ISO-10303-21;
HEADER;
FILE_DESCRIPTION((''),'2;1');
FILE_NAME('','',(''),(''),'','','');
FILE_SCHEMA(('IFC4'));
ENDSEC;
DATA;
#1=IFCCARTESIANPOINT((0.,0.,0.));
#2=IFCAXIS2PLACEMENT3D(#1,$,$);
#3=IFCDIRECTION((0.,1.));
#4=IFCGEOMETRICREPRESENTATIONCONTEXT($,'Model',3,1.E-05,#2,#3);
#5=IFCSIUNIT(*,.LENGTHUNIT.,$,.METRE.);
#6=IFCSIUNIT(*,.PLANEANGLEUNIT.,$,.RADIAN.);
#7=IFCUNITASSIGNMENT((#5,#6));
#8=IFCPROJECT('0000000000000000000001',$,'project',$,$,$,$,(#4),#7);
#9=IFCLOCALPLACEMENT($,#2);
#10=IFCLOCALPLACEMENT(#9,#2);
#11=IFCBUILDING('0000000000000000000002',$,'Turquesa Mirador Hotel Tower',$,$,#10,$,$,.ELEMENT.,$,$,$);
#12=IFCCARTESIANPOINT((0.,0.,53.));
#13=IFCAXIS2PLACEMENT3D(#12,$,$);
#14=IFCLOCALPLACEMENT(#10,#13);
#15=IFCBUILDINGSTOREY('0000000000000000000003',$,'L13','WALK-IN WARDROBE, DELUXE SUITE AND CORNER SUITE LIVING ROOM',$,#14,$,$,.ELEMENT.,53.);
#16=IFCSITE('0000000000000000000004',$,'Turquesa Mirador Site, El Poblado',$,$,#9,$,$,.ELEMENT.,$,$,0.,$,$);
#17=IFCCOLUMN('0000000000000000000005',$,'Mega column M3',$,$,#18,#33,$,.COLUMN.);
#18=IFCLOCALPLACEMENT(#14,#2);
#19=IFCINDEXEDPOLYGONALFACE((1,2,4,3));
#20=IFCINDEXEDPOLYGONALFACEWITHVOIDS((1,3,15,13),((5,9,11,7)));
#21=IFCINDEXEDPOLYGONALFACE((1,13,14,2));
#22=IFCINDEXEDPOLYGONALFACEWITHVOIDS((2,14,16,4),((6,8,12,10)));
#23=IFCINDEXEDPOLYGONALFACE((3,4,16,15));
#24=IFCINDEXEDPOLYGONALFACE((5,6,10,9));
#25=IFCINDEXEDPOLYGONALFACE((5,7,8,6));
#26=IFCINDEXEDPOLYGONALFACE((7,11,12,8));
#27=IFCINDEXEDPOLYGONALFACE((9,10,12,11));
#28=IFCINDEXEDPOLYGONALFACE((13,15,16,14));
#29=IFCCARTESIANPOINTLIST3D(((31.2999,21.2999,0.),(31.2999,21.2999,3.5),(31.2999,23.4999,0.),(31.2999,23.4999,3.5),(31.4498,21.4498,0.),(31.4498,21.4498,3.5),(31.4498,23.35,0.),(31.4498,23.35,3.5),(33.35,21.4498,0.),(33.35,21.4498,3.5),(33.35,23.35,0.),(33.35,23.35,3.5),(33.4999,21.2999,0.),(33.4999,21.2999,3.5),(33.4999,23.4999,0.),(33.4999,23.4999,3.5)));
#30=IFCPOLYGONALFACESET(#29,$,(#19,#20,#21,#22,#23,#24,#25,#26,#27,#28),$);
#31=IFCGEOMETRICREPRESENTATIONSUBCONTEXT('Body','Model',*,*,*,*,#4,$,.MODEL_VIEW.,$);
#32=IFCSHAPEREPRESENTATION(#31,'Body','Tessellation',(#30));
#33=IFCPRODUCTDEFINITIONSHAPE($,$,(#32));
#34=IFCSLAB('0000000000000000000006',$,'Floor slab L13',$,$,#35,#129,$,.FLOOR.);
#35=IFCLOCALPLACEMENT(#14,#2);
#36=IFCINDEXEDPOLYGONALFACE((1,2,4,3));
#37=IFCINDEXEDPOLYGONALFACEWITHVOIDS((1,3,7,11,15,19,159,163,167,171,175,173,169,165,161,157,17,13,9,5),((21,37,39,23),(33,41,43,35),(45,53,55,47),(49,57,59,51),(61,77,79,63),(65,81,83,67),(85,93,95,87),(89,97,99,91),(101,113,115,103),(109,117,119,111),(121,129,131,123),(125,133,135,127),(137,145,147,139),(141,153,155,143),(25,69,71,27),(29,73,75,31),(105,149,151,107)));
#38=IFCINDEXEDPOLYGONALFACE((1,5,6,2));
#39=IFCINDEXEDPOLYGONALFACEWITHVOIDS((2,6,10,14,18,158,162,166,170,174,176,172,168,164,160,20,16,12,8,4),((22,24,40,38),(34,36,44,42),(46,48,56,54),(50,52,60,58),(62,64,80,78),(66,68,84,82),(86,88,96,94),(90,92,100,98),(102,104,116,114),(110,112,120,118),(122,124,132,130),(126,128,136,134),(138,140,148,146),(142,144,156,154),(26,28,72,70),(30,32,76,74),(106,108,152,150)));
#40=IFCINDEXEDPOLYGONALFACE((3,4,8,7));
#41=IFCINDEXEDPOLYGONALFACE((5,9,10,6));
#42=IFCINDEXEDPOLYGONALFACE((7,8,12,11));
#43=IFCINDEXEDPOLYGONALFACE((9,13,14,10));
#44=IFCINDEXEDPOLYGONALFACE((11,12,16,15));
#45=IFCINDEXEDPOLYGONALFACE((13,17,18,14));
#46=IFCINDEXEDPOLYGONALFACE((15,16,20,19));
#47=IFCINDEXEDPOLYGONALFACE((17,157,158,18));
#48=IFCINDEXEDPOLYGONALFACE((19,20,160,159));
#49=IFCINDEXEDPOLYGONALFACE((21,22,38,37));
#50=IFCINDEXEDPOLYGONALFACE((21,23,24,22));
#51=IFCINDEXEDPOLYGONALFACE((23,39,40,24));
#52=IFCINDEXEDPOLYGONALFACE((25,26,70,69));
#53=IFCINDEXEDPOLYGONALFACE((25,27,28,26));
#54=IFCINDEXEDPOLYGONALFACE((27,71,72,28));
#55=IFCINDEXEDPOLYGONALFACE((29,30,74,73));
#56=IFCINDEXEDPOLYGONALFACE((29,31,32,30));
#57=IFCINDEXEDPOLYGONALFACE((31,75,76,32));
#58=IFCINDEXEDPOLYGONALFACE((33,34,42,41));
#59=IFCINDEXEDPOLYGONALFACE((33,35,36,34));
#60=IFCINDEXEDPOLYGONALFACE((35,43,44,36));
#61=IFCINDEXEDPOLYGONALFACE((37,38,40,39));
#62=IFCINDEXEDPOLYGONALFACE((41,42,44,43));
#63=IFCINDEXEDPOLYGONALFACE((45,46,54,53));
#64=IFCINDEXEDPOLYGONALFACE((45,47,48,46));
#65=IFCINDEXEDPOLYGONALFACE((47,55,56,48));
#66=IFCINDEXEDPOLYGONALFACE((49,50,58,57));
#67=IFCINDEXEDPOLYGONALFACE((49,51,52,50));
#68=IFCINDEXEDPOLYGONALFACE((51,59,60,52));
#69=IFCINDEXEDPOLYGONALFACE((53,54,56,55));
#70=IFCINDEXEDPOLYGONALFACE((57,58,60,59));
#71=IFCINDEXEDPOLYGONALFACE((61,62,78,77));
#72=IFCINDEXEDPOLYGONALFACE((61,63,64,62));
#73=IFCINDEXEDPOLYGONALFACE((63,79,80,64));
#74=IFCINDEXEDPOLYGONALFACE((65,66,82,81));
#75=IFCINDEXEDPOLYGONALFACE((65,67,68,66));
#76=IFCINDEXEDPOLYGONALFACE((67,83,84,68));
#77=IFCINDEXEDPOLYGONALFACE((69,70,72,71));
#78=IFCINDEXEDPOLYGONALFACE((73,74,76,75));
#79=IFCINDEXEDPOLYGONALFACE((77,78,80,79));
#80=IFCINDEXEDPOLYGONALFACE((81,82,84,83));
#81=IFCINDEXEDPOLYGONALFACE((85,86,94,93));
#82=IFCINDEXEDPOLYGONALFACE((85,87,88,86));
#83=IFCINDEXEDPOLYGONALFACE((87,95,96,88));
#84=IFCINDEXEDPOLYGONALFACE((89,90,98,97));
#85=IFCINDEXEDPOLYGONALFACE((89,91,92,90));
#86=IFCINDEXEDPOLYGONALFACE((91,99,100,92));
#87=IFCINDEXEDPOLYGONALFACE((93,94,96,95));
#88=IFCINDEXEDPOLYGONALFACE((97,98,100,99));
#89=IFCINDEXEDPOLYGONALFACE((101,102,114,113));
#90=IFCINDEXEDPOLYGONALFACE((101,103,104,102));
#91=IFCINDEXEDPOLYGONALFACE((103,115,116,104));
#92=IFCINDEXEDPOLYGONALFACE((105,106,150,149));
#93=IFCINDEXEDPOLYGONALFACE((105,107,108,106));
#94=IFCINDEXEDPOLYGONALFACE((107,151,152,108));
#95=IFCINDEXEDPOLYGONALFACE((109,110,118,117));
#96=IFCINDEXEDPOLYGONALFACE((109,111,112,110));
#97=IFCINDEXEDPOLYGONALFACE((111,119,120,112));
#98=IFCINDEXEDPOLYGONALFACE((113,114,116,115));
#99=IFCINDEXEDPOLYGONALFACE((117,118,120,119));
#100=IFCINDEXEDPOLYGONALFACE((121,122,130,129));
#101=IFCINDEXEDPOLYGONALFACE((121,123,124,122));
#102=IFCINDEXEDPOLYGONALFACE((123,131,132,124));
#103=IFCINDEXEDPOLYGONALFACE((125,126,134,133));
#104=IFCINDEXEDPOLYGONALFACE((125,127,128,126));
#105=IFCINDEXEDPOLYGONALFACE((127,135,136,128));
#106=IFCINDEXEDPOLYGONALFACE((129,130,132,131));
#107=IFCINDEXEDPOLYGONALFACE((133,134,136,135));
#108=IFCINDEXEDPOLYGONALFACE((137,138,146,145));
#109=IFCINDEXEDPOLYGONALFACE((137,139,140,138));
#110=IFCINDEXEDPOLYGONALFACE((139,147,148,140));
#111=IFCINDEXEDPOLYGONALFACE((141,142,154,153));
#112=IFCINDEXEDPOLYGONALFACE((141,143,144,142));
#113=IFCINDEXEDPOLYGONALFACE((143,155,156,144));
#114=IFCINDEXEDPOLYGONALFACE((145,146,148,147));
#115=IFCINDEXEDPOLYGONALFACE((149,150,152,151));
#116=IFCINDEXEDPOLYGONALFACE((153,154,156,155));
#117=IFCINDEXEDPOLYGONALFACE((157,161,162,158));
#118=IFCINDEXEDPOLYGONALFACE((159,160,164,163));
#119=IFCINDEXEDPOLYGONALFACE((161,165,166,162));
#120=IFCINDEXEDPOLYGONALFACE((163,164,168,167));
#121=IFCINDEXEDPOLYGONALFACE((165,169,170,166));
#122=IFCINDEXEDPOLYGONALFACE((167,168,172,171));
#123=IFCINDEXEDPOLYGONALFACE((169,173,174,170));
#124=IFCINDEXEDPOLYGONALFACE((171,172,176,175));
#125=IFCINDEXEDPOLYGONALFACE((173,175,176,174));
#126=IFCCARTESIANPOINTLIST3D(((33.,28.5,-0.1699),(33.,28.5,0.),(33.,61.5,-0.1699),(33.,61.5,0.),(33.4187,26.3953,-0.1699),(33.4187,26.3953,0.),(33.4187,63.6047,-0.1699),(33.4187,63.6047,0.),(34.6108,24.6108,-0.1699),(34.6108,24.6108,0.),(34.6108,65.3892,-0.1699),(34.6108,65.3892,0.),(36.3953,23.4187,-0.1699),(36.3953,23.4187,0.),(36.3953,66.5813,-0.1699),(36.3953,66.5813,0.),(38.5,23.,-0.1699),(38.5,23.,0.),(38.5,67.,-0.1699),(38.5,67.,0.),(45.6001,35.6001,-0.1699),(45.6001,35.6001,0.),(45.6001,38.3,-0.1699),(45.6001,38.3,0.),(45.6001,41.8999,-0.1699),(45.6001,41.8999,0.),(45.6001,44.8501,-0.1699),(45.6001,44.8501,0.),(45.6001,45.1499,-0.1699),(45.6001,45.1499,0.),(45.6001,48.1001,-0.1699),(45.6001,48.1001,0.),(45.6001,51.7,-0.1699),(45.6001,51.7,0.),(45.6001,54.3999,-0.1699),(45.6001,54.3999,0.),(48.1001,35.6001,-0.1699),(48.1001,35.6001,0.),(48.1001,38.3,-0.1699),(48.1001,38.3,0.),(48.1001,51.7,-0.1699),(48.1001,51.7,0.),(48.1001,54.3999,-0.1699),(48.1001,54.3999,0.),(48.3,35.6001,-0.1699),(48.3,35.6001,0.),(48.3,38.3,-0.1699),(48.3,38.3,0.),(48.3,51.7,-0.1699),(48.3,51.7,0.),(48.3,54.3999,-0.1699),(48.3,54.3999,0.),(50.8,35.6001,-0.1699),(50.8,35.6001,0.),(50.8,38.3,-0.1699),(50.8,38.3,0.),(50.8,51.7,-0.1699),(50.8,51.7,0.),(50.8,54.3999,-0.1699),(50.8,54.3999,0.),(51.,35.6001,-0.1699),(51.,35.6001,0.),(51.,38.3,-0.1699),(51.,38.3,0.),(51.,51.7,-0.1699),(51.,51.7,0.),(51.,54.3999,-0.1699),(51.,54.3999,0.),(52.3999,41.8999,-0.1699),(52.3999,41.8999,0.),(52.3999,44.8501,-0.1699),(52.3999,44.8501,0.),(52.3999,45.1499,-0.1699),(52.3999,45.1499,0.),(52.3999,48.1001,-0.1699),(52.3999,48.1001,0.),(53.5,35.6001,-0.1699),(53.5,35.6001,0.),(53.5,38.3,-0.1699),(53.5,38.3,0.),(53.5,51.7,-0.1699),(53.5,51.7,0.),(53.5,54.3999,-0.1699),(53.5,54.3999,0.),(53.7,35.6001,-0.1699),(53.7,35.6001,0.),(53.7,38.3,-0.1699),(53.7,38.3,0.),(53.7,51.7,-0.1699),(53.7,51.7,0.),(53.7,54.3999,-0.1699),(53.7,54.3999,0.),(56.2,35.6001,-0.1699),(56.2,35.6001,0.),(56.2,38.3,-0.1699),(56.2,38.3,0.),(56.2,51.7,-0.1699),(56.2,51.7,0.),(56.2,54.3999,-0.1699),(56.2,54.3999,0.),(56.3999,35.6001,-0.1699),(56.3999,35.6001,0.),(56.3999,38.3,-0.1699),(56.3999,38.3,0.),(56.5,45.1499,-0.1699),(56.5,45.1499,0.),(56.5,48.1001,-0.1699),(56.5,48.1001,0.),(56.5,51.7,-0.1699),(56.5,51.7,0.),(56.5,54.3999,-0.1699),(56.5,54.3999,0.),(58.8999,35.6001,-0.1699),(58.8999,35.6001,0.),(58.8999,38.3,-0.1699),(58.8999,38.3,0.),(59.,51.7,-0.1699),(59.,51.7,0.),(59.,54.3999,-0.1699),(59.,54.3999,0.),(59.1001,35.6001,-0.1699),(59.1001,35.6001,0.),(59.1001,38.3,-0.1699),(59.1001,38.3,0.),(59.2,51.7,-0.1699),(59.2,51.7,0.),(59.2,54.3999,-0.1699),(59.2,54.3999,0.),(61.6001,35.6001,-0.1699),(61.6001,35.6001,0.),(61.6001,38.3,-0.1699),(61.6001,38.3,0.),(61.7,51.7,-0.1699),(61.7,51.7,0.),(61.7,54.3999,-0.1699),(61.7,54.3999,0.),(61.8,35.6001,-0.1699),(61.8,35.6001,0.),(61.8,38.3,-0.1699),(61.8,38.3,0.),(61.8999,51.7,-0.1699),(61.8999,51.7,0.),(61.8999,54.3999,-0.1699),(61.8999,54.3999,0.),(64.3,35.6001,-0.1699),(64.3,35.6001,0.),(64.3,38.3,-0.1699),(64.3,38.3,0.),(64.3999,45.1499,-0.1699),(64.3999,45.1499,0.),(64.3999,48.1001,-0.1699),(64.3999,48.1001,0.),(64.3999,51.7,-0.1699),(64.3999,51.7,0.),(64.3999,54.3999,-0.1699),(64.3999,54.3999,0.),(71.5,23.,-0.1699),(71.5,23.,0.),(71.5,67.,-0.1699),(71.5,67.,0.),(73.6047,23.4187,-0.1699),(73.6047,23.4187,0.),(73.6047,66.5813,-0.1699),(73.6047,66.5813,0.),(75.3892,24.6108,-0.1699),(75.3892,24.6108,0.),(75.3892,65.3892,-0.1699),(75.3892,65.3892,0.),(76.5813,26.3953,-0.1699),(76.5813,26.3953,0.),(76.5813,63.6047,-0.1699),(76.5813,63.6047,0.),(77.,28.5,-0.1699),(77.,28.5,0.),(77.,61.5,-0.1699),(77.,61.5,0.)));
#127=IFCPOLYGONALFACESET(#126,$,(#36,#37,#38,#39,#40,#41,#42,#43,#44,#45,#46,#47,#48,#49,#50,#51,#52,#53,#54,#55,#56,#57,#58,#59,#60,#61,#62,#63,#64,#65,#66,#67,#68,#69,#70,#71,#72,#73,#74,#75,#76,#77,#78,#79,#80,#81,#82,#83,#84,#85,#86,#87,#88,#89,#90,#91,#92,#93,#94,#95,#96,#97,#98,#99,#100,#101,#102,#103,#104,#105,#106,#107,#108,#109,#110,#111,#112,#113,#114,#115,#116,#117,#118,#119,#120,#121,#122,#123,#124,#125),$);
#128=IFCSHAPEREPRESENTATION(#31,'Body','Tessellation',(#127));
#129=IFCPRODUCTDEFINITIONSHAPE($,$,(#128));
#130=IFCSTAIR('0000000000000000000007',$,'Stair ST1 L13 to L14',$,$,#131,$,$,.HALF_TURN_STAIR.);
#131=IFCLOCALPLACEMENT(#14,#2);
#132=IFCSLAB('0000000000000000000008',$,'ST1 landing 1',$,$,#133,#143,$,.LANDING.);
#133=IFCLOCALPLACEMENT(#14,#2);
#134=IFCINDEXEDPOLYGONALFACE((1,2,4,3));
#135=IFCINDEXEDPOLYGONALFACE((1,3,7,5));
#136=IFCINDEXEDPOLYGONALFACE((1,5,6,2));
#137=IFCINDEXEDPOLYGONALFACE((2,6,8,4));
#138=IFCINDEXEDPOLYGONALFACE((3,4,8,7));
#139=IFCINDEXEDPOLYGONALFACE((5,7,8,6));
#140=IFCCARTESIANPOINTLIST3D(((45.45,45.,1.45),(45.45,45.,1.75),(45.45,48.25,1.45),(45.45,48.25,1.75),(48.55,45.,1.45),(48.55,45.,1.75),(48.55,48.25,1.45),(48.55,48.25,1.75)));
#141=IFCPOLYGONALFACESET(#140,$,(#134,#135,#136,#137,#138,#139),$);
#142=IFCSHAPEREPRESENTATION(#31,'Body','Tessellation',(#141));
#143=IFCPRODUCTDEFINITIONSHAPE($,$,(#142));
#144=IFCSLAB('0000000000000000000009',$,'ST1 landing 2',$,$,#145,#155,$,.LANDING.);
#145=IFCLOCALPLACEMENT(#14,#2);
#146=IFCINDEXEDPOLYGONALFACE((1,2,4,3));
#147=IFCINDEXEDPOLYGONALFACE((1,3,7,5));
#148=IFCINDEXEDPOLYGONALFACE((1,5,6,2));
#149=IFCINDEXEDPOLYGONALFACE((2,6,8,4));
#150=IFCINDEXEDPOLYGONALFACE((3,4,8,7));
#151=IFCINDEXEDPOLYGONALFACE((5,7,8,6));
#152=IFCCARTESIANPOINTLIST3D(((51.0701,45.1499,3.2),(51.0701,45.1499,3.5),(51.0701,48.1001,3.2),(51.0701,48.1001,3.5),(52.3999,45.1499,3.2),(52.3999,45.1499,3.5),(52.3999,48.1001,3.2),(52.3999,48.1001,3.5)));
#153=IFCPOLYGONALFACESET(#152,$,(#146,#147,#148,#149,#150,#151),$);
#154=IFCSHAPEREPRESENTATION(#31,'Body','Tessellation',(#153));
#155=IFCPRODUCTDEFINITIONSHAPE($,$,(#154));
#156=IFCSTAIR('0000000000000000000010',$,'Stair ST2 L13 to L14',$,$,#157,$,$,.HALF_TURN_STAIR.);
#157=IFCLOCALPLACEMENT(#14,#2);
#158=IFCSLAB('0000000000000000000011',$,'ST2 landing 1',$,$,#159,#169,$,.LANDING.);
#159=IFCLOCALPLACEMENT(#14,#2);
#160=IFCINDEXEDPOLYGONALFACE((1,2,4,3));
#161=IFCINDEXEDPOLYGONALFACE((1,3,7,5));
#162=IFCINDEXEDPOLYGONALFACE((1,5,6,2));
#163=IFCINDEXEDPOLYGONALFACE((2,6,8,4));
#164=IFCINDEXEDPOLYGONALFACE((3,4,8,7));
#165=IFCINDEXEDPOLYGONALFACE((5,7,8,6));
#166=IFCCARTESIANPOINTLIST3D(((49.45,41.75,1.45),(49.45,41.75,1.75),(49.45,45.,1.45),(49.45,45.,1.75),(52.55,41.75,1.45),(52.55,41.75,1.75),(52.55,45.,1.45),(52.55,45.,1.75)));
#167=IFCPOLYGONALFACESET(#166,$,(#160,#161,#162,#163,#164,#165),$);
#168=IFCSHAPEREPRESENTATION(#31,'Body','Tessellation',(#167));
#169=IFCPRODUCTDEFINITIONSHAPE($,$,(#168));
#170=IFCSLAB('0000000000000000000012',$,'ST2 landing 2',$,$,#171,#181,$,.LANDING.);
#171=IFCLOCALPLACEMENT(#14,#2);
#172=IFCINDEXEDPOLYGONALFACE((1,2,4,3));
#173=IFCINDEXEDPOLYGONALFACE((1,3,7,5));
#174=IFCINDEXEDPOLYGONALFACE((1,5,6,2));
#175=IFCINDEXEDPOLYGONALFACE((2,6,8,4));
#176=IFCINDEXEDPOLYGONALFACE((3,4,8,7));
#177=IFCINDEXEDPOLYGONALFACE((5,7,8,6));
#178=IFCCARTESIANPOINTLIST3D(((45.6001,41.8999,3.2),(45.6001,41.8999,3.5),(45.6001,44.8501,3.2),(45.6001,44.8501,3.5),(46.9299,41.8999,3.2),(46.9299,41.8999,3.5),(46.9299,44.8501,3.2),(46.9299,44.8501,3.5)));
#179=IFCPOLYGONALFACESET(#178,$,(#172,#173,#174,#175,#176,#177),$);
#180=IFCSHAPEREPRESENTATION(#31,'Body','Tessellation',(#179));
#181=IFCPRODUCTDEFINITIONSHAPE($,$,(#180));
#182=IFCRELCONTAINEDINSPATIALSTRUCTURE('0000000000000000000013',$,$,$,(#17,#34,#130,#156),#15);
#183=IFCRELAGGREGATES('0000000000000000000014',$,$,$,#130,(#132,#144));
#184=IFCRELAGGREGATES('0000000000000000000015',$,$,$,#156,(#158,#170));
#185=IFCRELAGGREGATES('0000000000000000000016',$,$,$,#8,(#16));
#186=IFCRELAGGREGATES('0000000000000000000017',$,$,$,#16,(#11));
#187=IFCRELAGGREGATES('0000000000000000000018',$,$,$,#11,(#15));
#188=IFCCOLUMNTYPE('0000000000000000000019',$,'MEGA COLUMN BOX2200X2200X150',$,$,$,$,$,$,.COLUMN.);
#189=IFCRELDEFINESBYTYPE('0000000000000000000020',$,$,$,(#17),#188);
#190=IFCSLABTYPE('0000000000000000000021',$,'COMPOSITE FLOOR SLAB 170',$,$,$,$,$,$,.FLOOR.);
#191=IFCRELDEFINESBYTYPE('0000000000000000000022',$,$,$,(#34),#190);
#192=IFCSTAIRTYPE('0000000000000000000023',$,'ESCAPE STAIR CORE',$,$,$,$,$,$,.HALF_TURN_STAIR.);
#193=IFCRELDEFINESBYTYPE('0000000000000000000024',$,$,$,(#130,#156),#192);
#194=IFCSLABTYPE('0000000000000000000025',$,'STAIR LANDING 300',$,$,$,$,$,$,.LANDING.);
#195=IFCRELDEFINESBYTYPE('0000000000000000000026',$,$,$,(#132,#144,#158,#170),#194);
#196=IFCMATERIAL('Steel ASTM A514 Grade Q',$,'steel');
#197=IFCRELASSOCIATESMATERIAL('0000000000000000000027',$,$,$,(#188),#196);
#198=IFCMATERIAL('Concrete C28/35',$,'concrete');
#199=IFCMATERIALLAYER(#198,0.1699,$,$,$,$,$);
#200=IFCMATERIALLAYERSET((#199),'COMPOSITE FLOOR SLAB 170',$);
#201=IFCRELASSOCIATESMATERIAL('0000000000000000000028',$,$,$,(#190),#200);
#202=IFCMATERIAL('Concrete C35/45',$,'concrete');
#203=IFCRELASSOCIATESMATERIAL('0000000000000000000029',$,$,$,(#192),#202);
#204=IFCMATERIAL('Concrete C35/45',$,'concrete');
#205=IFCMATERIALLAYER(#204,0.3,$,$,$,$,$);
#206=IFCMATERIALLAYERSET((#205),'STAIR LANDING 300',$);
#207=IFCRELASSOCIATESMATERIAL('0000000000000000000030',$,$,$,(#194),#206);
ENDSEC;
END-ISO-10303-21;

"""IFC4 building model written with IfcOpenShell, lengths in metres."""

from ifc_helpers import new_model, si_unit, direction, frame, origin, origin_2d, place, context, subcontext, project, spatial, polyline, hollow_rectangle, outline, extrude, material, layer, layer_set, material_profile, profile_set, type_object, element, aggregate, save


model = new_model("IFC4")

# Units and contexts
model_context = context("Model", 3, precision=1e-05, world=origin(), true_north=direction((0.0, 1.0)))
body_context = subcontext(model_context, "Body", "Model", "MODEL_VIEW")
ifc_project = project(units=[si_unit("LENGTHUNIT", "METRE"), si_unit("PLANEANGLEUNIT", "RADIAN")], contexts=[model_context])

# Site, building, storey
site_placement = place(None, origin())
site = spatial("IfcSite", under=ifc_project, at=site_placement, Name="Turquesa Mirador Site, El Poblado", CompositionType="ELEMENT", RefElevation=0.0)
building_placement = place(site_placement, origin())
building = spatial("IfcBuilding", under=site, at=building_placement, Name="Turquesa Mirador Hotel Tower", CompositionType="ELEMENT")
storey_placement = place(building_placement, frame((0.0, 0.0, 53.0)))
storey = spatial("IfcBuildingStorey", under=building, at=storey_placement, Name="L13", Description="WALK-IN WARDROBE, DELUXE SUITE AND CORNER SUITE LIVING ROOM", CompositionType="ELEMENT", Elevation=53.0)

# Column
ifc_material_1 = material(Name="Steel ASTM A514 Grade Q", Category="steel")
ifc_material_profile = material_profile(ifc_material_1, hollow_rectangle(XDim=2.2, YDim=2.2, WallThickness=0.1499, at=origin_2d()), Name="BOX2200X2200X150")
ifc_profile_set = profile_set([ifc_material_profile], Name="Steel ASTM A514 Grade Q")
column_type = type_object("IfcColumnType", Name="MEGA COLUMN BOX2200X2200X150", PredefinedType="COLUMN", material=ifc_profile_set)
column_placement = place(storey_placement, frame((32.3999, 22.3999, 0.0), z_axis=(0.0, 0.0, 1.0), x_axis=(1.0, 0.0, 0.0)))
element("IfcColumn", 1, at=column_placement, inside=storey, type_object=column_type, Name="Mega column M3", PredefinedType="COLUMN", context=body_context, shape_type="SweptSolid", body=[
    extrude(hollow_rectangle(XDim=2.2, YDim=2.2, WallThickness=0.1499, at=origin_2d()), origin(), (0.0, 0.0, 1.0), 3.5),
])

# Slab
ifc_material_2 = material(Name="Concrete C28/35", Category="concrete")
ifc_layer_1 = layer(ifc_material_2, 0.1699)
ifc_layer_set_1 = layer_set([ifc_layer_1], Name="COMPOSITE FLOOR SLAB 170")
slab_type_1 = type_object("IfcSlabType", Name="COMPOSITE FLOOR SLAB 170", PredefinedType="FLOOR", material=ifc_layer_set_1)
slab_1_placement = place(storey_placement, frame((0.0, 0.0, -0.1699)))
element("IfcSlab", 2, at=slab_1_placement, inside=storey, type_object=slab_type_1, Name="Floor slab L13", PredefinedType="FLOOR", context=body_context, shape_type="SweptSolid", body=[
    extrude(outline(polyline([(71.5, 23.0), (73.6047, 23.4187), (75.3892, 24.6108), (76.5813, 26.3953), (77.0, 28.5), (77.0, 61.5), (76.5813, 63.6047), (75.3892, 65.3892), (73.6047, 66.5813), (71.5, 67.0), (38.5, 67.0), (36.3953, 66.5813), (34.6108, 65.3892), (33.4187, 63.6047), (33.0, 61.5), (33.0, 28.5), (33.4187, 26.3953), (34.6108, 24.6108), (36.3953, 23.4187), (38.5, 23.0), (71.5, 23.0)]), holes=[polyline([(45.6001, 51.7), (48.1001, 51.7), (48.1001, 54.3999), (45.6001, 54.3999), (45.6001, 51.7)]), polyline([(48.3, 51.7), (50.8, 51.7), (50.8, 54.3999), (48.3, 54.3999), (48.3, 51.7)]), polyline([(51.0, 51.7), (53.5, 51.7), (53.5, 54.3999), (51.0, 54.3999), (51.0, 51.7)]), polyline([(53.7, 51.7), (56.2, 51.7), (56.2, 54.3999), (53.7, 54.3999), (53.7, 51.7)]), polyline([(56.5, 51.7), (59.0, 51.7), (59.0, 54.3999), (56.5, 54.3999), (56.5, 51.7)]), polyline([(59.2, 51.7), (61.7, 51.7), (61.7, 54.3999), (59.2, 54.3999), (59.2, 51.7)]), polyline([(45.6001, 35.6001), (48.1001, 35.6001), (48.1001, 38.3), (45.6001, 38.3), (45.6001, 35.6001)]), polyline([(48.3, 35.6001), (50.8, 35.6001), (50.8, 38.3), (48.3, 38.3), (48.3, 35.6001)]), polyline([(51.0, 35.6001), (53.5, 35.6001), (53.5, 38.3), (51.0, 38.3), (51.0, 35.6001)]), polyline([(53.7, 35.6001), (56.2, 35.6001), (56.2, 38.3), (53.7, 38.3), (53.7, 35.6001)]), polyline([(56.3999, 35.6001), (58.8999, 35.6001), (58.8999, 38.3), (56.3999, 38.3), (56.3999, 35.6001)]), polyline([(59.1001, 35.6001), (61.6001, 35.6001), (61.6001, 38.3), (59.1001, 38.3), (59.1001, 35.6001)]), polyline([(61.8, 35.6001), (64.3, 35.6001), (64.3, 38.3), (61.8, 38.3), (61.8, 35.6001)]), polyline([(45.6001, 45.1499), (52.3999, 45.1499), (52.3999, 48.1001), (45.6001, 48.1001), (45.6001, 45.1499)]), polyline([(45.6001, 41.8999), (52.3999, 41.8999), (52.3999, 44.8501), (45.6001, 44.8501), (45.6001, 41.8999)]), polyline([(56.5, 45.1499), (64.3999, 45.1499), (64.3999, 48.1001), (56.5, 48.1001), (56.5, 45.1499)]), polyline([(61.8999, 51.7), (64.3999, 51.7), (64.3999, 54.3999), (61.8999, 54.3999), (61.8999, 51.7)])]), origin(), (0.0, 0.0, 1.0), 0.1699),
])

# Stairs, slabs
ifc_material_3 = material(Name="Concrete C35/45", Category="concrete")
stair_type = type_object("IfcStairType", Name="ESCAPE STAIR CORE", PredefinedType="HALF_TURN_STAIR", material=ifc_material_3)
stair_1_placement = place(storey_placement, origin())
stair_1 = element("IfcStair", 3, at=stair_1_placement, inside=storey, type_object=stair_type, Name="Stair ST1 L13 to L14", PredefinedType="HALF_TURN_STAIR")
ifc_material_4 = material(Name="Concrete C35/45", Category="concrete")
ifc_layer_2 = layer(ifc_material_4, 0.3)
ifc_layer_set_2 = layer_set([ifc_layer_2], Name="STAIR LANDING 300")
slab_type_2 = type_object("IfcSlabType", Name="STAIR LANDING 300", PredefinedType="LANDING", material=ifc_layer_set_2)
slab_2_placement = place(storey_placement, frame((0.0, 0.0, 1.45)))
slab_2 = element("IfcSlab", 4, at=slab_2_placement, type_object=slab_type_2, Name="ST1 landing 1", PredefinedType="LANDING", context=body_context, shape_type="SweptSolid", body=[
    extrude(outline(polyline([(45.45, 45.0), (48.55, 45.0), (48.55, 48.25), (45.45, 48.25), (45.45, 45.0)])), origin(), (0.0, 0.0, 1.0), 0.3),
])
slab_3_placement = place(storey_placement, frame((0.0, 0.0, 3.2)))
slab_3 = element("IfcSlab", 5, at=slab_3_placement, type_object=slab_type_2, Name="ST1 landing 2", PredefinedType="LANDING", context=body_context, shape_type="SweptSolid", body=[
    extrude(outline(polyline([(51.0701, 45.1499), (52.3999, 45.1499), (52.3999, 48.1001), (51.0701, 48.1001), (51.0701, 45.1499)])), origin(), (0.0, 0.0, 1.0), 0.3),
])
aggregate(stair_1, [slab_2, slab_3])
stair_2_placement = place(storey_placement, origin())
stair_2 = element("IfcStair", 6, at=stair_2_placement, inside=storey, type_object=stair_type, Name="Stair ST2 L13 to L14", PredefinedType="HALF_TURN_STAIR")
slab_4_placement = place(storey_placement, frame((0.0, 0.0, 1.45)))
slab_4 = element("IfcSlab", 7, at=slab_4_placement, type_object=slab_type_2, Name="ST2 landing 1", PredefinedType="LANDING", context=body_context, shape_type="SweptSolid", body=[
    extrude(outline(polyline([(52.55, 45.0), (49.45, 45.0), (49.45, 41.75), (52.55, 41.75), (52.55, 45.0)])), origin(), (0.0, 0.0, 1.0), 0.3),
])
slab_5_placement = place(storey_placement, frame((0.0, 0.0, 3.2)))
slab_5 = element("IfcSlab", 8, at=slab_5_placement, type_object=slab_type_2, Name="ST2 landing 2", PredefinedType="LANDING", context=body_context, shape_type="SweptSolid", body=[
    extrude(outline(polyline([(46.9299, 44.8501), (45.6001, 44.8501), (45.6001, 41.8999), (46.9299, 41.8999), (46.9299, 44.8501)])), origin(), (0.0, 0.0, 1.0), 0.3),
])
aggregate(stair_2, [slab_4, slab_5])

save(model, "model.ifc")
